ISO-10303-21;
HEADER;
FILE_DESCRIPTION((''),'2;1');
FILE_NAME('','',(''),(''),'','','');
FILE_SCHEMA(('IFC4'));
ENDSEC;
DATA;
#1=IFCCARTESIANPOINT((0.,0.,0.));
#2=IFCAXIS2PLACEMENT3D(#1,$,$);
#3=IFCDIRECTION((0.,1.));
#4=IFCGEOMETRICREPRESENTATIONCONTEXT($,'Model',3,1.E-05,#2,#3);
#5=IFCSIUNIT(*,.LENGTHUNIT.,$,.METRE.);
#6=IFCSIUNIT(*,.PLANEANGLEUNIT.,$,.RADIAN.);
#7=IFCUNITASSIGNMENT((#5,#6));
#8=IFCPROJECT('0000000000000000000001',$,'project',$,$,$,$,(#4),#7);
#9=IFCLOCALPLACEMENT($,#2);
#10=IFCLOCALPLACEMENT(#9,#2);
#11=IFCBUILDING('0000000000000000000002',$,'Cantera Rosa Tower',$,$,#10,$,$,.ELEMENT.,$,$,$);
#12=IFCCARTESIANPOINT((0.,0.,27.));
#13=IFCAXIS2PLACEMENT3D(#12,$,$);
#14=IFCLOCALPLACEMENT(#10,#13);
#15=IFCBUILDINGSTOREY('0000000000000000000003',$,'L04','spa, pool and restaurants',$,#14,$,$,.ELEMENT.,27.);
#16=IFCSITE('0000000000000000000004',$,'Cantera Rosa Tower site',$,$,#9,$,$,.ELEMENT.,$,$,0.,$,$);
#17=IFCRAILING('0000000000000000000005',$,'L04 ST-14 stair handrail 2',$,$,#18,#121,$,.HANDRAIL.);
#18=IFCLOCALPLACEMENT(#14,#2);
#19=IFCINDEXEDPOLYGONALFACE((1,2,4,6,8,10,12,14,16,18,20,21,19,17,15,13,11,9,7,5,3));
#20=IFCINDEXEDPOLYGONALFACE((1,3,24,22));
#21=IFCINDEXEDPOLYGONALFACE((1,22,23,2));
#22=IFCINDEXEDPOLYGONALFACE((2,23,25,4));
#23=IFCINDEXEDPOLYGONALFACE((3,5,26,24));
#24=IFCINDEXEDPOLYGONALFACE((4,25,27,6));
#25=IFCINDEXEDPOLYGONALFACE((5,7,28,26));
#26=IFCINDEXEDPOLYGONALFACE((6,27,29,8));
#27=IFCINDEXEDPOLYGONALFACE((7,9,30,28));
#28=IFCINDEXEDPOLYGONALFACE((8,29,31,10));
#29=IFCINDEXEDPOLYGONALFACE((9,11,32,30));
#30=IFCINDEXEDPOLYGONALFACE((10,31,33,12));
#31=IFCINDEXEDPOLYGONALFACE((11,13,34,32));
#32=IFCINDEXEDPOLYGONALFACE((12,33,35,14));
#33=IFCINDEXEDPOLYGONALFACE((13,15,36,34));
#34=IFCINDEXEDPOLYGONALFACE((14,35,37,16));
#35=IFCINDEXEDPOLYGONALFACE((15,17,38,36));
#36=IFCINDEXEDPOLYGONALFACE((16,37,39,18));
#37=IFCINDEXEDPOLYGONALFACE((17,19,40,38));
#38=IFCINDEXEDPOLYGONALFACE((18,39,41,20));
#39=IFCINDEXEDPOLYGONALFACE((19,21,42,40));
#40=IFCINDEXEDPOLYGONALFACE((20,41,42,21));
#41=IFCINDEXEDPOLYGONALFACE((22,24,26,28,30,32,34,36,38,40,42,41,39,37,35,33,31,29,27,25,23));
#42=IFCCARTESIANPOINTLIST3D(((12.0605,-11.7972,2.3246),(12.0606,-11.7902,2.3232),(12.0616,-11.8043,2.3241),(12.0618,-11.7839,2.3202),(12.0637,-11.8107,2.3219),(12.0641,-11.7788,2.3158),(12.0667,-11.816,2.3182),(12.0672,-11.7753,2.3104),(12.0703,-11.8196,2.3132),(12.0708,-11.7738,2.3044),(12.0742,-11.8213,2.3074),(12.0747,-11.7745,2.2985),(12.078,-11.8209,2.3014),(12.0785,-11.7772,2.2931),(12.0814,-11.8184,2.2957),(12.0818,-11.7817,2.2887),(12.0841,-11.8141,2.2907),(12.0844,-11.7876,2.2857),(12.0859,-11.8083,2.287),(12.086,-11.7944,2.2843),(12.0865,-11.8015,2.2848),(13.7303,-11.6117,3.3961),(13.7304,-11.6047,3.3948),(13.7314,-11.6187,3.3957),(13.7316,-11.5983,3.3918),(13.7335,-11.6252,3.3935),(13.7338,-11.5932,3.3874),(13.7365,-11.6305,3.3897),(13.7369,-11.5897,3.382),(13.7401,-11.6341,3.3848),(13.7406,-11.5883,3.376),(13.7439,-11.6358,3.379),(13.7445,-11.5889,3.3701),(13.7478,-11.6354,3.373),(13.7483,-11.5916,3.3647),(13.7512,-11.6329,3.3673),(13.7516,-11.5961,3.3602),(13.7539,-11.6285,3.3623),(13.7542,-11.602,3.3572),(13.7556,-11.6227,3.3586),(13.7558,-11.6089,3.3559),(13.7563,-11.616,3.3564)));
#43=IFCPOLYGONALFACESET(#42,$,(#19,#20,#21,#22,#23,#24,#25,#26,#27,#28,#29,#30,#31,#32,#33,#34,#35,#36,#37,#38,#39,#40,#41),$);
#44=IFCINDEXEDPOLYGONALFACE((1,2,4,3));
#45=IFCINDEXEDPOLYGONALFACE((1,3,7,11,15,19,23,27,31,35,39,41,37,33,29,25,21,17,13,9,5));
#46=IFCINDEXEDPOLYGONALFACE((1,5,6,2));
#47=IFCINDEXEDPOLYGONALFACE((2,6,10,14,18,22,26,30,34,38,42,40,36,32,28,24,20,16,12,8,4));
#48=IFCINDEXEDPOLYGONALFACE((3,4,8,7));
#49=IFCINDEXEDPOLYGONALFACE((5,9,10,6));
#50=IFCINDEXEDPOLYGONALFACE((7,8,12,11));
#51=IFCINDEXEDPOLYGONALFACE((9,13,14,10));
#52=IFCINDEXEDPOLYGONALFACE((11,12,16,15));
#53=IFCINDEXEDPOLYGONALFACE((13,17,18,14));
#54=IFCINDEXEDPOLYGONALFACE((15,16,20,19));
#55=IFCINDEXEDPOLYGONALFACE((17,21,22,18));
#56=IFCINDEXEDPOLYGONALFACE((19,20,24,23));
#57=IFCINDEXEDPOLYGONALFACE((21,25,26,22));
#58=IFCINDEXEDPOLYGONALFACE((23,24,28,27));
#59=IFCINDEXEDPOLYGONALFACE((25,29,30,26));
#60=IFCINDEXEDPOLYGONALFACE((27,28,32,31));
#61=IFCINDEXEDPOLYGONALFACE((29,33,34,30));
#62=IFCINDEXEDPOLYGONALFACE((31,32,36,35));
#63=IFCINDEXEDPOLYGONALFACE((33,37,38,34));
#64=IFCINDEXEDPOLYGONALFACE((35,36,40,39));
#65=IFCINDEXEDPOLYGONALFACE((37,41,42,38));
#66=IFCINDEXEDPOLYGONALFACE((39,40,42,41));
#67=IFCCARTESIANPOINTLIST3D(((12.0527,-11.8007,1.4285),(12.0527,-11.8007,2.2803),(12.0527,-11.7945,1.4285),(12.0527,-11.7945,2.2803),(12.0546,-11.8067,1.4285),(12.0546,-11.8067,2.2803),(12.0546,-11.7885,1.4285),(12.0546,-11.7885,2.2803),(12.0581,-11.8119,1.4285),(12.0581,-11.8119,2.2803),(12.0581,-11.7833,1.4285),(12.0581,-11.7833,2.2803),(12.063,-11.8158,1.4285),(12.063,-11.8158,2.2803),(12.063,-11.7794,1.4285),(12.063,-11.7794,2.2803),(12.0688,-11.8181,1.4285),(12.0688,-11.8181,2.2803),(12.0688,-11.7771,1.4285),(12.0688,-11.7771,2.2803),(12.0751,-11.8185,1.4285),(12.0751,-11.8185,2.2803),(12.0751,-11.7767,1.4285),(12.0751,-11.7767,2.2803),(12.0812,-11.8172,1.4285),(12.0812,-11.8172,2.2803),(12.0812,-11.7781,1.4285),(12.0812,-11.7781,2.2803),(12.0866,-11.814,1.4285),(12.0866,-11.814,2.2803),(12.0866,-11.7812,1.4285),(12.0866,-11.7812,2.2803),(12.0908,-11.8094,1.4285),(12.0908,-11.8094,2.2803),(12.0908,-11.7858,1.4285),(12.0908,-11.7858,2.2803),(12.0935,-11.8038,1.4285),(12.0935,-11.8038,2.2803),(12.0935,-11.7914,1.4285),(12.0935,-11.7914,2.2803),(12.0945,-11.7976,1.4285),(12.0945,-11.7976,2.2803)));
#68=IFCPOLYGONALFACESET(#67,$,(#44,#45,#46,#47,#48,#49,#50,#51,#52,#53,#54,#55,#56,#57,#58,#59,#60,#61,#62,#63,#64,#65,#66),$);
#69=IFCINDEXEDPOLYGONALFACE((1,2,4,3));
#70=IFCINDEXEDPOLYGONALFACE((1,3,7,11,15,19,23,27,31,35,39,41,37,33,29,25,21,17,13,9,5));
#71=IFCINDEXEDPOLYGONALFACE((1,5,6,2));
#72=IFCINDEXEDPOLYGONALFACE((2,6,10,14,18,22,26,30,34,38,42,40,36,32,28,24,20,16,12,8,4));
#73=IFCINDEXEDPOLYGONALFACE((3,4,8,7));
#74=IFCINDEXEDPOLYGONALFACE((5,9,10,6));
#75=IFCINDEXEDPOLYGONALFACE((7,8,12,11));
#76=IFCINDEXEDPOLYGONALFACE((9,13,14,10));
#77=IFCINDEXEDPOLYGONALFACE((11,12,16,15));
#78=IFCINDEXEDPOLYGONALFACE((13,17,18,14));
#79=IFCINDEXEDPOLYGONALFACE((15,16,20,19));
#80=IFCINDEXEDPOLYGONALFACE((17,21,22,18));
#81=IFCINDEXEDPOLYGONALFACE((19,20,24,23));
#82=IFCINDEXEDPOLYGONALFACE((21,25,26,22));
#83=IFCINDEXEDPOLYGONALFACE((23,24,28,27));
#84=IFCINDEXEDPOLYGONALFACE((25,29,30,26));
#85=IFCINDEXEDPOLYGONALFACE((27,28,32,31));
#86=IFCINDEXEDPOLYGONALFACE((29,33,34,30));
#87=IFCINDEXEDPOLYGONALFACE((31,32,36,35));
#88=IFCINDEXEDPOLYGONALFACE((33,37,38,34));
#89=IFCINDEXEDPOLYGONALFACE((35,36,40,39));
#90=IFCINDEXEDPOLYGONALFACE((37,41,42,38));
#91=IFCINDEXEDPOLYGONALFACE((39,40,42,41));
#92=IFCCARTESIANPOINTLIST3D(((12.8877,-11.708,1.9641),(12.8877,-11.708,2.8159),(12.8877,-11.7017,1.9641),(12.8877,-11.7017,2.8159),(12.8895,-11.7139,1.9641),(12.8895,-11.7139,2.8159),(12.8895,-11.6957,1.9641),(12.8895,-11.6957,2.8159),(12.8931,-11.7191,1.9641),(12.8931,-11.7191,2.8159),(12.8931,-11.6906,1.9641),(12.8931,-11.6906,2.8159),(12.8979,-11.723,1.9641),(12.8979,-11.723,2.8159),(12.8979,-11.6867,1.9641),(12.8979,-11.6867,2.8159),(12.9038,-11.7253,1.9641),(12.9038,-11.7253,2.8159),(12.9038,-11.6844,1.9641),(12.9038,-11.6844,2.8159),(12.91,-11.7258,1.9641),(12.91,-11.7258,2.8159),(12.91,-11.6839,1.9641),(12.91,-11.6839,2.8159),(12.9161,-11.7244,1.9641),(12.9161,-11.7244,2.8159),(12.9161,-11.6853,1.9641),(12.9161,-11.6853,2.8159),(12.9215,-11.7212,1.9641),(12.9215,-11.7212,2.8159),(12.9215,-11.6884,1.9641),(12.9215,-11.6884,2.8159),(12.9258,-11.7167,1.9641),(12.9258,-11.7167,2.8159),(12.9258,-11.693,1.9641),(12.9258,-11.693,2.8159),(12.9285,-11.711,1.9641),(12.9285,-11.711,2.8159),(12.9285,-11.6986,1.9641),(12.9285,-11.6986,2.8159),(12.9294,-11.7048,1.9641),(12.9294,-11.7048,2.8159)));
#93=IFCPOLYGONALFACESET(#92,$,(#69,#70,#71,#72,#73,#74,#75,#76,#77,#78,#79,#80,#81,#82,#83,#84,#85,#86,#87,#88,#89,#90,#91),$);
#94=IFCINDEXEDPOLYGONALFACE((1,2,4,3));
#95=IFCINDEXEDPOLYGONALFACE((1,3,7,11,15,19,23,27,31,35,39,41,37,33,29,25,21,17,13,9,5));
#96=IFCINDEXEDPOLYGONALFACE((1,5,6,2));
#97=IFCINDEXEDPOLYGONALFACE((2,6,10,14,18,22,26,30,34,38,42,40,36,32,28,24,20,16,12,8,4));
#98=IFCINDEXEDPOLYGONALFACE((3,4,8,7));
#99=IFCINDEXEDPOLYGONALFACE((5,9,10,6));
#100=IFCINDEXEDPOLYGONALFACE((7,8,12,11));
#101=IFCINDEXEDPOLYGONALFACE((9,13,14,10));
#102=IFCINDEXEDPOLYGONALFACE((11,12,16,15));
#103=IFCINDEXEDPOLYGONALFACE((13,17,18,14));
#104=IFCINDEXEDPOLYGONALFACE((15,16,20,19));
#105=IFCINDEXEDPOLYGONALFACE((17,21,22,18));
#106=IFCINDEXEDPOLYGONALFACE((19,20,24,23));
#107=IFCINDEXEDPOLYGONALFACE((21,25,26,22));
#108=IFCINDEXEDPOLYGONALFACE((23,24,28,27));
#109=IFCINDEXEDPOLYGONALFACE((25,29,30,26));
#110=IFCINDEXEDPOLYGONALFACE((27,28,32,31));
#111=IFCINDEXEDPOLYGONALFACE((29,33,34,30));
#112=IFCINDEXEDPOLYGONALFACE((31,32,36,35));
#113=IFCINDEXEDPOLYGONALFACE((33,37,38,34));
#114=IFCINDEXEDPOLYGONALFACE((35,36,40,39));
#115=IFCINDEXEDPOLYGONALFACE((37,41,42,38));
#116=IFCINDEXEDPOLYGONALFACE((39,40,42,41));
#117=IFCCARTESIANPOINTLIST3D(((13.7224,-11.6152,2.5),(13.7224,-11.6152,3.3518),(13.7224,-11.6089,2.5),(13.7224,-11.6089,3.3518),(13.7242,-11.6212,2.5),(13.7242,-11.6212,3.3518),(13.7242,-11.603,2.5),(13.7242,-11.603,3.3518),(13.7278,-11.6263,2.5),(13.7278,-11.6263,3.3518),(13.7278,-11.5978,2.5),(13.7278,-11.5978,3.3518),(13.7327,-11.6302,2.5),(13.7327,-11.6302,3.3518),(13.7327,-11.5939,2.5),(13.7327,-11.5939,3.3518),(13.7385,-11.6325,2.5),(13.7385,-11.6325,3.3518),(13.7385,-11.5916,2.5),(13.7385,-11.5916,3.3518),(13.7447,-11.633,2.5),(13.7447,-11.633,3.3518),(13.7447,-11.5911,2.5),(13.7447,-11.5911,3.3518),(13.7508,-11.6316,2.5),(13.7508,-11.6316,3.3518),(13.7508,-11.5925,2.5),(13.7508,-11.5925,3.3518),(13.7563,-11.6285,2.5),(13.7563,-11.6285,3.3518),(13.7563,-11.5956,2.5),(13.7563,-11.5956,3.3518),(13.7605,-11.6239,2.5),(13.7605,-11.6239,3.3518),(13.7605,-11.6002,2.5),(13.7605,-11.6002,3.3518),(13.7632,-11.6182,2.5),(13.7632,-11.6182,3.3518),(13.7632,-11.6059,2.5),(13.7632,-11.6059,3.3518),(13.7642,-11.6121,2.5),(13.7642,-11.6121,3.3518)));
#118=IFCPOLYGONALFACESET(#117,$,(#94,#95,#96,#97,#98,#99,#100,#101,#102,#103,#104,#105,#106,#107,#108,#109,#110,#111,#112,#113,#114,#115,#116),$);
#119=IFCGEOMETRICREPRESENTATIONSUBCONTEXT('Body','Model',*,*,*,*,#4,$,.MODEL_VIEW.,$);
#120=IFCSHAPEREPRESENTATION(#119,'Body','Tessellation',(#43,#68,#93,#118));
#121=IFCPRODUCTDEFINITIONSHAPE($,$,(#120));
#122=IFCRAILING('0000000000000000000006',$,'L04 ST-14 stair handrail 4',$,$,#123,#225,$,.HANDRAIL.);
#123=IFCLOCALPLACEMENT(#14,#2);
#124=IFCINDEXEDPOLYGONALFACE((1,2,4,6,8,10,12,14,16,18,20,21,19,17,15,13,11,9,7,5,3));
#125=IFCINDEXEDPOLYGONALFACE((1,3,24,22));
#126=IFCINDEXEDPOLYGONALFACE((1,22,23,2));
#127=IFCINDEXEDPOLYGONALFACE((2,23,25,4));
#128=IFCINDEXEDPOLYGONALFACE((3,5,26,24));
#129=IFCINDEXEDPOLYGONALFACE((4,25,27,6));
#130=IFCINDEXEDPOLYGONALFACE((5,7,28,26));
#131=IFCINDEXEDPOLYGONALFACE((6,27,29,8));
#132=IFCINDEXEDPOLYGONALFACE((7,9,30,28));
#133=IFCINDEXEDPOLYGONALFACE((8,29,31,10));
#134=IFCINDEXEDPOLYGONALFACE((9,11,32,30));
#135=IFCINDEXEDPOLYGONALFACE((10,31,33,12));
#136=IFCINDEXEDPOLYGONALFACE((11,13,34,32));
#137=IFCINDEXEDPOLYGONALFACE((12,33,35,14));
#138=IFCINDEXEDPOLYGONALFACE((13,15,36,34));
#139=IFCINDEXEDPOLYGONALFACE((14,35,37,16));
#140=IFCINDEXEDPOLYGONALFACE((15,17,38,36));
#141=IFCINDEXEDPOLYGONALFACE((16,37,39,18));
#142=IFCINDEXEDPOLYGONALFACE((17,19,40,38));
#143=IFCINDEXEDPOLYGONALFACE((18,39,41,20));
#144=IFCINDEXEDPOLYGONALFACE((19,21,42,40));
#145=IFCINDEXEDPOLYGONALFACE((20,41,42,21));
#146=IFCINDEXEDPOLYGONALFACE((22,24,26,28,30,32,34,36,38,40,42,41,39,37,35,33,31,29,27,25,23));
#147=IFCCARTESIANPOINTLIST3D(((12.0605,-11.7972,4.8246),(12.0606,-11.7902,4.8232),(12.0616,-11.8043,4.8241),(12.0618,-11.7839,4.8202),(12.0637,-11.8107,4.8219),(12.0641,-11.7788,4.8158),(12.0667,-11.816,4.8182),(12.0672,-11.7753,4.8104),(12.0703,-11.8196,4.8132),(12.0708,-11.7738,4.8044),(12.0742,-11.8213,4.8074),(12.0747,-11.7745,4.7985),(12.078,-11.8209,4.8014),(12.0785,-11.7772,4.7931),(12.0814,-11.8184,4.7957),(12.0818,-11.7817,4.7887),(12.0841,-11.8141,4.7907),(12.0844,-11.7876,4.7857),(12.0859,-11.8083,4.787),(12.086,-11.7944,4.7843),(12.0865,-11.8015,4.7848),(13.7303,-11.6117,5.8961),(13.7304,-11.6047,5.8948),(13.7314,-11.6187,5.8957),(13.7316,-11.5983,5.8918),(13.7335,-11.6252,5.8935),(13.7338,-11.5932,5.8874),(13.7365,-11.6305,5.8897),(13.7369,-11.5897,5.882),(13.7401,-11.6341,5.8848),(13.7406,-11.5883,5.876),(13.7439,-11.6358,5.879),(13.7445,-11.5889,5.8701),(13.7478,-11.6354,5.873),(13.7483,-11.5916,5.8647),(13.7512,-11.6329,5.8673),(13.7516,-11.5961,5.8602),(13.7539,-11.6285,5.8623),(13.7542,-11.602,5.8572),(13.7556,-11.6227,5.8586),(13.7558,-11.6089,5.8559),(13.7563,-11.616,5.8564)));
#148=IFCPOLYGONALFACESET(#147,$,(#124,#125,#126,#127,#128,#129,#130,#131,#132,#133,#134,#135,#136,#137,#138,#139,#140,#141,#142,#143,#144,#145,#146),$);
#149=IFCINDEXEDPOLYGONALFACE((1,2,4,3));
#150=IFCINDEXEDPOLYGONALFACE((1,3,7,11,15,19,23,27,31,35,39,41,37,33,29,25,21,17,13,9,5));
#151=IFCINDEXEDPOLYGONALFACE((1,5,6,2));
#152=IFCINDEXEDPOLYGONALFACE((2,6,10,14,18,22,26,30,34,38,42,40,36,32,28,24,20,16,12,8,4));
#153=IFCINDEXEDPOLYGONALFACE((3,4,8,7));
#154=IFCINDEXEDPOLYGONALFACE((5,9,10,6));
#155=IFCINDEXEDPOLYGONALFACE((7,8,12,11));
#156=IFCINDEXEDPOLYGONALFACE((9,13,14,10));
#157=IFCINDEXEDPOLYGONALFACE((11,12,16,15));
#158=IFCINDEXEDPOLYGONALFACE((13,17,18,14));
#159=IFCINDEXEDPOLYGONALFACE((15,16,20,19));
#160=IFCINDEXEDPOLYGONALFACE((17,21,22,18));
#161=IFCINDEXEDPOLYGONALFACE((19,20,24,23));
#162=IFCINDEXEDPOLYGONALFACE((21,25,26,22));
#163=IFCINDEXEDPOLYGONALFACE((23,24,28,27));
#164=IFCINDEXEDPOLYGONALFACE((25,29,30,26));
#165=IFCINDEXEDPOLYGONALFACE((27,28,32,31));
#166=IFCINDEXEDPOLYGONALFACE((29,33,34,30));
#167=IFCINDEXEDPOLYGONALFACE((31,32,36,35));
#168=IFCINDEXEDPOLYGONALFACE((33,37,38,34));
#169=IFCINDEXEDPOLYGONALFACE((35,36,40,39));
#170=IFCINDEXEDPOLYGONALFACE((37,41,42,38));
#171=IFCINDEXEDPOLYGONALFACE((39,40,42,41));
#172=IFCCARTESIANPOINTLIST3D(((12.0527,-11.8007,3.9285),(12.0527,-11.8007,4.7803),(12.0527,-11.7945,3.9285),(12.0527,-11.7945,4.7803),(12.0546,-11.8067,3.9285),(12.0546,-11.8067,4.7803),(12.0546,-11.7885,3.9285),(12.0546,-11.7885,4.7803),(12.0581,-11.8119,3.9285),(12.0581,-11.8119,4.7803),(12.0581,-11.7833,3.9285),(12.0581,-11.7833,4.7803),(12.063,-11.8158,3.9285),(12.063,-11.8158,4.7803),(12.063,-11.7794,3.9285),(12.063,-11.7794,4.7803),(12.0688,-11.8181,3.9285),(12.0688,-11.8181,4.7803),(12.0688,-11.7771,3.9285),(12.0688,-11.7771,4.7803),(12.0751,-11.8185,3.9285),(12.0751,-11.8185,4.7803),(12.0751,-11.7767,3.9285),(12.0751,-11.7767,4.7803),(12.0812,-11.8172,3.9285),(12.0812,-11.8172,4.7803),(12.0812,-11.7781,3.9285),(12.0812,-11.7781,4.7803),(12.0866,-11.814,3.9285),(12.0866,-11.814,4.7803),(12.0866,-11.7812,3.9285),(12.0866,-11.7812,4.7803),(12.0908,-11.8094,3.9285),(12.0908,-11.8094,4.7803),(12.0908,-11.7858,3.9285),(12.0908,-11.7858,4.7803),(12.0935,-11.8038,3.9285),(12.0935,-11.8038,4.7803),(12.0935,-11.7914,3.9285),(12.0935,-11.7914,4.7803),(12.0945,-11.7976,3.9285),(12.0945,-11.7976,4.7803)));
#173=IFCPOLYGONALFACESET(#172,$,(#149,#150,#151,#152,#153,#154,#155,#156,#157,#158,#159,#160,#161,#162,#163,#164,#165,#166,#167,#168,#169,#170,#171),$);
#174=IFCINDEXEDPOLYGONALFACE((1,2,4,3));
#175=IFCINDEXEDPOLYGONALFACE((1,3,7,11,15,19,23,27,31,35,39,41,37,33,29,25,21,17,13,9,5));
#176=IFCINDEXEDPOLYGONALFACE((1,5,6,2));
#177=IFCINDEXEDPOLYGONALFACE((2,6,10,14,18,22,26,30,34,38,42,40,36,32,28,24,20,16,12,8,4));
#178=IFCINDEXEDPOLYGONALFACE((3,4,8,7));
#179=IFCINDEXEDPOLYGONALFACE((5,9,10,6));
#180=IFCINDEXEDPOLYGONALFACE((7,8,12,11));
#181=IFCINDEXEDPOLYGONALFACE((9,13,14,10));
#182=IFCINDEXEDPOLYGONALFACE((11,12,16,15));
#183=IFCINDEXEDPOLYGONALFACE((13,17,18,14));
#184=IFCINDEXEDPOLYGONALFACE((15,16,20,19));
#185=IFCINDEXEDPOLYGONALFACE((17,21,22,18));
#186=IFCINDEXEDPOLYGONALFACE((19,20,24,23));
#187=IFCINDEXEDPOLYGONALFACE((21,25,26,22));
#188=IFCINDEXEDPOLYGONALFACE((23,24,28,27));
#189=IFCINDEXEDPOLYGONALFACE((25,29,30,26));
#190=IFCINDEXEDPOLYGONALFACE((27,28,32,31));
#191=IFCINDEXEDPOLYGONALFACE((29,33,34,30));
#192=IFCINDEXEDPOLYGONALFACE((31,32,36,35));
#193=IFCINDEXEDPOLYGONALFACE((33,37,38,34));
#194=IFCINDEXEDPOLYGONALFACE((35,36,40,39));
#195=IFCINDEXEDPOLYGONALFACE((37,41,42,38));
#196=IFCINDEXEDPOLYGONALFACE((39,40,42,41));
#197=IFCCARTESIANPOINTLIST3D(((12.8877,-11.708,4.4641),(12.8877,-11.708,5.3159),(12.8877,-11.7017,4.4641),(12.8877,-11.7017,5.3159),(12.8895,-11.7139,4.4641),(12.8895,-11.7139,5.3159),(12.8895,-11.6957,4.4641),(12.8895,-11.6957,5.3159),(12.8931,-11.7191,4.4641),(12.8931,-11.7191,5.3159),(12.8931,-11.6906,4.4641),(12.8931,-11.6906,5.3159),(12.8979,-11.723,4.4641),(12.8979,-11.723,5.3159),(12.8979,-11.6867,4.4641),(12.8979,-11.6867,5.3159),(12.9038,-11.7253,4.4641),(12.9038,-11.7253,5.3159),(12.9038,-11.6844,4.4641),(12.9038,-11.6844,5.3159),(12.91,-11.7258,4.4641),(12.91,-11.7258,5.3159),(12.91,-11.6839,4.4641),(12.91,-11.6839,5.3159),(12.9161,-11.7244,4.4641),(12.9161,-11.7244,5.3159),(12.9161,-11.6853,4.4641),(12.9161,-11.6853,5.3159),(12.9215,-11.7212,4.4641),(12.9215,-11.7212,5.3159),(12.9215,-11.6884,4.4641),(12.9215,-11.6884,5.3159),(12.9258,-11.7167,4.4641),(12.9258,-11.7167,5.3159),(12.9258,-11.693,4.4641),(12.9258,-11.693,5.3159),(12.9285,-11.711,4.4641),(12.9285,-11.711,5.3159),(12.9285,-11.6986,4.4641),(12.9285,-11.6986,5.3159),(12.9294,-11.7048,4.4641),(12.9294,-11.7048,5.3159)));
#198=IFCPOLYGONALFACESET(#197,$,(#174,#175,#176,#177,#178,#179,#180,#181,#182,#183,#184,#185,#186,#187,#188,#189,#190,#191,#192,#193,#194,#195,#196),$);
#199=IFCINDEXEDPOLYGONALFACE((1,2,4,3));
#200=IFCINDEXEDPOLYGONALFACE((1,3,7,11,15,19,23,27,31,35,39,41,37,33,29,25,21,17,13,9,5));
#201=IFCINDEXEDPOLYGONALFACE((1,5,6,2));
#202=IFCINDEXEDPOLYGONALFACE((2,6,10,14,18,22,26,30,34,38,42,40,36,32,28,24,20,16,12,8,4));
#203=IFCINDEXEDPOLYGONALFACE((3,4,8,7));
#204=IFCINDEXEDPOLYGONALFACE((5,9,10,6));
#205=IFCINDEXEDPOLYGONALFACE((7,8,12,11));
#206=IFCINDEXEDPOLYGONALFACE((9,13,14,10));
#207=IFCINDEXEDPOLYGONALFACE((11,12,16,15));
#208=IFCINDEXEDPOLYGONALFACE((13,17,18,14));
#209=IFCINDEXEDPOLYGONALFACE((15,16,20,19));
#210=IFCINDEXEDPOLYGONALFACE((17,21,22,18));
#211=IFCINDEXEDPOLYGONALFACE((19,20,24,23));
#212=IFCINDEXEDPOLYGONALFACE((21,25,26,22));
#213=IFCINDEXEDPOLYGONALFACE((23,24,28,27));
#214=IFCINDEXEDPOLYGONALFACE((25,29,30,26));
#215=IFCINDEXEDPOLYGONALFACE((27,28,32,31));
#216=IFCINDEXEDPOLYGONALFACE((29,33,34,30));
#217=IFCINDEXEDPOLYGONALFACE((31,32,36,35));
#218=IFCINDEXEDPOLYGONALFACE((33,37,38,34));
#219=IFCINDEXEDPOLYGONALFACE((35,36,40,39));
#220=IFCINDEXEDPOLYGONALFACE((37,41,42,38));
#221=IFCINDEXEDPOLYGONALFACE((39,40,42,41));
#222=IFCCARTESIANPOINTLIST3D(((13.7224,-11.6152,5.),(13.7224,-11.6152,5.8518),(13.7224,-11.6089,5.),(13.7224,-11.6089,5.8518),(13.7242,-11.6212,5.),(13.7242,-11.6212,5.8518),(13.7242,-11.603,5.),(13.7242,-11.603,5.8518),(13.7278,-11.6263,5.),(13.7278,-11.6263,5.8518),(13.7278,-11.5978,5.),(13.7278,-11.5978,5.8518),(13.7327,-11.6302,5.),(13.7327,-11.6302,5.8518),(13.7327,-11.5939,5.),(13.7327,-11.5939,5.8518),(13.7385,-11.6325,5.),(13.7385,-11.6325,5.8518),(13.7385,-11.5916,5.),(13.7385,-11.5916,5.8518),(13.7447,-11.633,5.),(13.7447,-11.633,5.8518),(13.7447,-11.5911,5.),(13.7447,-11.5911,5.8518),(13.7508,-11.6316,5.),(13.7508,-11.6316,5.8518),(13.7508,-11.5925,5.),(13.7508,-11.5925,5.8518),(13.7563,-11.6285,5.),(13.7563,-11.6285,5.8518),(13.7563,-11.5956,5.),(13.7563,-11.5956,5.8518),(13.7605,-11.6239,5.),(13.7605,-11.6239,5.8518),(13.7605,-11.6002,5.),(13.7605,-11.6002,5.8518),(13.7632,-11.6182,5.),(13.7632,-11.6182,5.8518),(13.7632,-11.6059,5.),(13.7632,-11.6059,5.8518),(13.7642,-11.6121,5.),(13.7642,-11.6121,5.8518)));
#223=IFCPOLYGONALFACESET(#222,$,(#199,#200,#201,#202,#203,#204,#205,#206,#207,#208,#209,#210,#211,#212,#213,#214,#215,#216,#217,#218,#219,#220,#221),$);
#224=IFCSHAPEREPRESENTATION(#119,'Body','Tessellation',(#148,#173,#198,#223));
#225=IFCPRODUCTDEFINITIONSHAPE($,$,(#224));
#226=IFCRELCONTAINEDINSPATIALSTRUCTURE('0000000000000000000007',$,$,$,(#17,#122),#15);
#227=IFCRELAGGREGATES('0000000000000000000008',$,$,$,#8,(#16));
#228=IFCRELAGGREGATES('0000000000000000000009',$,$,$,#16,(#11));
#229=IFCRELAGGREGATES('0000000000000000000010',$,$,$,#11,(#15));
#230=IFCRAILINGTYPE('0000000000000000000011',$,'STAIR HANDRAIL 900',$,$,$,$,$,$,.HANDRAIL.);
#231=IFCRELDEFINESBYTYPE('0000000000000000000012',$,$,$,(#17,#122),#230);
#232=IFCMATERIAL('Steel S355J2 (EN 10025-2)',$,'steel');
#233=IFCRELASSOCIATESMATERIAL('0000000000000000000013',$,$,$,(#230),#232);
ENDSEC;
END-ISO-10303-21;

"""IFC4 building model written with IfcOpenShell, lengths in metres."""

from ifc_helpers import new_model, si_unit, direction, frame, origin, origin_2d, place, context, subcontext, project, spatial, circle, extrude, material, type_object, element, save


model = new_model("IFC4")

# Units and contexts
model_context = context("Model", 3, precision=1e-05, world=origin(), true_north=direction((0.0, 1.0)))
body_context = subcontext(model_context, "Body", "Model", "MODEL_VIEW")
ifc_project = project(units=[si_unit("LENGTHUNIT", "METRE"), si_unit("PLANEANGLEUNIT", "RADIAN")], contexts=[model_context])

# Site, building, storey
site_placement = place(None, origin())
site = spatial("IfcSite", under=ifc_project, at=site_placement, Name="Cantera Rosa Tower site", CompositionType="ELEMENT", RefElevation=0.0)
building_placement = place(site_placement, origin())
building = spatial("IfcBuilding", under=site, at=building_placement, Name="Cantera Rosa Tower", CompositionType="ELEMENT")
storey_placement = place(building_placement, frame((0.0, 0.0, 27.0)))
storey = spatial("IfcBuildingStorey", under=building, at=storey_placement, Name="L04", Description="spa, pool and restaurants", CompositionType="ELEMENT", Elevation=27.0)

# Railings
ifc_material_1 = material(Name="Steel S355J2 (EN 10025-2)", Category="steel")
railing_type_1 = type_object("IfcRailingType", Name="STAIR HANDRAIL 900", PredefinedType="HANDRAIL", material=ifc_material_1)
for number, where, name in (
    (1, (12.0735, -11.7976, 1.4285), "L04 ST-14 stair handrail 2"),
    (2, (12.0735, -11.7976, 3.9285), "L04 ST-14 stair handrail 4"),
):
    element("IfcRailing", number, at=place(storey_placement, frame(where)), inside=storey, type_object=railing_type_1, Name=name, PredefinedType="HANDRAIL", context=body_context, shape_type="SweptSolid", body=[
        extrude(circle(Radius=0.0239, at=origin_2d()), frame((0.0, 0.0, 0.876), z_axis=(0.837941, 0.093118, 0.537758), x_axis=(-0.110447, 0.993882, 0.0)), (0.0, 0.0, 1.0), 1.9927),
        extrude(circle(Radius=0.021, at=origin_2d()), origin(), (0.0, 0.0, 1.0), 0.8518),
        extrude(circle(Radius=0.021, at=origin_2d()), frame((0.835, 0.0928, 0.5356)), (0.0, 0.0, 1.0), 0.8518),
        extrude(circle(Radius=0.021, at=origin_2d()), frame((1.6697, 0.1855, 1.0715)), (0.0, 0.0, 1.0), 0.8518),
    ])

save(model, "model.ifc")
